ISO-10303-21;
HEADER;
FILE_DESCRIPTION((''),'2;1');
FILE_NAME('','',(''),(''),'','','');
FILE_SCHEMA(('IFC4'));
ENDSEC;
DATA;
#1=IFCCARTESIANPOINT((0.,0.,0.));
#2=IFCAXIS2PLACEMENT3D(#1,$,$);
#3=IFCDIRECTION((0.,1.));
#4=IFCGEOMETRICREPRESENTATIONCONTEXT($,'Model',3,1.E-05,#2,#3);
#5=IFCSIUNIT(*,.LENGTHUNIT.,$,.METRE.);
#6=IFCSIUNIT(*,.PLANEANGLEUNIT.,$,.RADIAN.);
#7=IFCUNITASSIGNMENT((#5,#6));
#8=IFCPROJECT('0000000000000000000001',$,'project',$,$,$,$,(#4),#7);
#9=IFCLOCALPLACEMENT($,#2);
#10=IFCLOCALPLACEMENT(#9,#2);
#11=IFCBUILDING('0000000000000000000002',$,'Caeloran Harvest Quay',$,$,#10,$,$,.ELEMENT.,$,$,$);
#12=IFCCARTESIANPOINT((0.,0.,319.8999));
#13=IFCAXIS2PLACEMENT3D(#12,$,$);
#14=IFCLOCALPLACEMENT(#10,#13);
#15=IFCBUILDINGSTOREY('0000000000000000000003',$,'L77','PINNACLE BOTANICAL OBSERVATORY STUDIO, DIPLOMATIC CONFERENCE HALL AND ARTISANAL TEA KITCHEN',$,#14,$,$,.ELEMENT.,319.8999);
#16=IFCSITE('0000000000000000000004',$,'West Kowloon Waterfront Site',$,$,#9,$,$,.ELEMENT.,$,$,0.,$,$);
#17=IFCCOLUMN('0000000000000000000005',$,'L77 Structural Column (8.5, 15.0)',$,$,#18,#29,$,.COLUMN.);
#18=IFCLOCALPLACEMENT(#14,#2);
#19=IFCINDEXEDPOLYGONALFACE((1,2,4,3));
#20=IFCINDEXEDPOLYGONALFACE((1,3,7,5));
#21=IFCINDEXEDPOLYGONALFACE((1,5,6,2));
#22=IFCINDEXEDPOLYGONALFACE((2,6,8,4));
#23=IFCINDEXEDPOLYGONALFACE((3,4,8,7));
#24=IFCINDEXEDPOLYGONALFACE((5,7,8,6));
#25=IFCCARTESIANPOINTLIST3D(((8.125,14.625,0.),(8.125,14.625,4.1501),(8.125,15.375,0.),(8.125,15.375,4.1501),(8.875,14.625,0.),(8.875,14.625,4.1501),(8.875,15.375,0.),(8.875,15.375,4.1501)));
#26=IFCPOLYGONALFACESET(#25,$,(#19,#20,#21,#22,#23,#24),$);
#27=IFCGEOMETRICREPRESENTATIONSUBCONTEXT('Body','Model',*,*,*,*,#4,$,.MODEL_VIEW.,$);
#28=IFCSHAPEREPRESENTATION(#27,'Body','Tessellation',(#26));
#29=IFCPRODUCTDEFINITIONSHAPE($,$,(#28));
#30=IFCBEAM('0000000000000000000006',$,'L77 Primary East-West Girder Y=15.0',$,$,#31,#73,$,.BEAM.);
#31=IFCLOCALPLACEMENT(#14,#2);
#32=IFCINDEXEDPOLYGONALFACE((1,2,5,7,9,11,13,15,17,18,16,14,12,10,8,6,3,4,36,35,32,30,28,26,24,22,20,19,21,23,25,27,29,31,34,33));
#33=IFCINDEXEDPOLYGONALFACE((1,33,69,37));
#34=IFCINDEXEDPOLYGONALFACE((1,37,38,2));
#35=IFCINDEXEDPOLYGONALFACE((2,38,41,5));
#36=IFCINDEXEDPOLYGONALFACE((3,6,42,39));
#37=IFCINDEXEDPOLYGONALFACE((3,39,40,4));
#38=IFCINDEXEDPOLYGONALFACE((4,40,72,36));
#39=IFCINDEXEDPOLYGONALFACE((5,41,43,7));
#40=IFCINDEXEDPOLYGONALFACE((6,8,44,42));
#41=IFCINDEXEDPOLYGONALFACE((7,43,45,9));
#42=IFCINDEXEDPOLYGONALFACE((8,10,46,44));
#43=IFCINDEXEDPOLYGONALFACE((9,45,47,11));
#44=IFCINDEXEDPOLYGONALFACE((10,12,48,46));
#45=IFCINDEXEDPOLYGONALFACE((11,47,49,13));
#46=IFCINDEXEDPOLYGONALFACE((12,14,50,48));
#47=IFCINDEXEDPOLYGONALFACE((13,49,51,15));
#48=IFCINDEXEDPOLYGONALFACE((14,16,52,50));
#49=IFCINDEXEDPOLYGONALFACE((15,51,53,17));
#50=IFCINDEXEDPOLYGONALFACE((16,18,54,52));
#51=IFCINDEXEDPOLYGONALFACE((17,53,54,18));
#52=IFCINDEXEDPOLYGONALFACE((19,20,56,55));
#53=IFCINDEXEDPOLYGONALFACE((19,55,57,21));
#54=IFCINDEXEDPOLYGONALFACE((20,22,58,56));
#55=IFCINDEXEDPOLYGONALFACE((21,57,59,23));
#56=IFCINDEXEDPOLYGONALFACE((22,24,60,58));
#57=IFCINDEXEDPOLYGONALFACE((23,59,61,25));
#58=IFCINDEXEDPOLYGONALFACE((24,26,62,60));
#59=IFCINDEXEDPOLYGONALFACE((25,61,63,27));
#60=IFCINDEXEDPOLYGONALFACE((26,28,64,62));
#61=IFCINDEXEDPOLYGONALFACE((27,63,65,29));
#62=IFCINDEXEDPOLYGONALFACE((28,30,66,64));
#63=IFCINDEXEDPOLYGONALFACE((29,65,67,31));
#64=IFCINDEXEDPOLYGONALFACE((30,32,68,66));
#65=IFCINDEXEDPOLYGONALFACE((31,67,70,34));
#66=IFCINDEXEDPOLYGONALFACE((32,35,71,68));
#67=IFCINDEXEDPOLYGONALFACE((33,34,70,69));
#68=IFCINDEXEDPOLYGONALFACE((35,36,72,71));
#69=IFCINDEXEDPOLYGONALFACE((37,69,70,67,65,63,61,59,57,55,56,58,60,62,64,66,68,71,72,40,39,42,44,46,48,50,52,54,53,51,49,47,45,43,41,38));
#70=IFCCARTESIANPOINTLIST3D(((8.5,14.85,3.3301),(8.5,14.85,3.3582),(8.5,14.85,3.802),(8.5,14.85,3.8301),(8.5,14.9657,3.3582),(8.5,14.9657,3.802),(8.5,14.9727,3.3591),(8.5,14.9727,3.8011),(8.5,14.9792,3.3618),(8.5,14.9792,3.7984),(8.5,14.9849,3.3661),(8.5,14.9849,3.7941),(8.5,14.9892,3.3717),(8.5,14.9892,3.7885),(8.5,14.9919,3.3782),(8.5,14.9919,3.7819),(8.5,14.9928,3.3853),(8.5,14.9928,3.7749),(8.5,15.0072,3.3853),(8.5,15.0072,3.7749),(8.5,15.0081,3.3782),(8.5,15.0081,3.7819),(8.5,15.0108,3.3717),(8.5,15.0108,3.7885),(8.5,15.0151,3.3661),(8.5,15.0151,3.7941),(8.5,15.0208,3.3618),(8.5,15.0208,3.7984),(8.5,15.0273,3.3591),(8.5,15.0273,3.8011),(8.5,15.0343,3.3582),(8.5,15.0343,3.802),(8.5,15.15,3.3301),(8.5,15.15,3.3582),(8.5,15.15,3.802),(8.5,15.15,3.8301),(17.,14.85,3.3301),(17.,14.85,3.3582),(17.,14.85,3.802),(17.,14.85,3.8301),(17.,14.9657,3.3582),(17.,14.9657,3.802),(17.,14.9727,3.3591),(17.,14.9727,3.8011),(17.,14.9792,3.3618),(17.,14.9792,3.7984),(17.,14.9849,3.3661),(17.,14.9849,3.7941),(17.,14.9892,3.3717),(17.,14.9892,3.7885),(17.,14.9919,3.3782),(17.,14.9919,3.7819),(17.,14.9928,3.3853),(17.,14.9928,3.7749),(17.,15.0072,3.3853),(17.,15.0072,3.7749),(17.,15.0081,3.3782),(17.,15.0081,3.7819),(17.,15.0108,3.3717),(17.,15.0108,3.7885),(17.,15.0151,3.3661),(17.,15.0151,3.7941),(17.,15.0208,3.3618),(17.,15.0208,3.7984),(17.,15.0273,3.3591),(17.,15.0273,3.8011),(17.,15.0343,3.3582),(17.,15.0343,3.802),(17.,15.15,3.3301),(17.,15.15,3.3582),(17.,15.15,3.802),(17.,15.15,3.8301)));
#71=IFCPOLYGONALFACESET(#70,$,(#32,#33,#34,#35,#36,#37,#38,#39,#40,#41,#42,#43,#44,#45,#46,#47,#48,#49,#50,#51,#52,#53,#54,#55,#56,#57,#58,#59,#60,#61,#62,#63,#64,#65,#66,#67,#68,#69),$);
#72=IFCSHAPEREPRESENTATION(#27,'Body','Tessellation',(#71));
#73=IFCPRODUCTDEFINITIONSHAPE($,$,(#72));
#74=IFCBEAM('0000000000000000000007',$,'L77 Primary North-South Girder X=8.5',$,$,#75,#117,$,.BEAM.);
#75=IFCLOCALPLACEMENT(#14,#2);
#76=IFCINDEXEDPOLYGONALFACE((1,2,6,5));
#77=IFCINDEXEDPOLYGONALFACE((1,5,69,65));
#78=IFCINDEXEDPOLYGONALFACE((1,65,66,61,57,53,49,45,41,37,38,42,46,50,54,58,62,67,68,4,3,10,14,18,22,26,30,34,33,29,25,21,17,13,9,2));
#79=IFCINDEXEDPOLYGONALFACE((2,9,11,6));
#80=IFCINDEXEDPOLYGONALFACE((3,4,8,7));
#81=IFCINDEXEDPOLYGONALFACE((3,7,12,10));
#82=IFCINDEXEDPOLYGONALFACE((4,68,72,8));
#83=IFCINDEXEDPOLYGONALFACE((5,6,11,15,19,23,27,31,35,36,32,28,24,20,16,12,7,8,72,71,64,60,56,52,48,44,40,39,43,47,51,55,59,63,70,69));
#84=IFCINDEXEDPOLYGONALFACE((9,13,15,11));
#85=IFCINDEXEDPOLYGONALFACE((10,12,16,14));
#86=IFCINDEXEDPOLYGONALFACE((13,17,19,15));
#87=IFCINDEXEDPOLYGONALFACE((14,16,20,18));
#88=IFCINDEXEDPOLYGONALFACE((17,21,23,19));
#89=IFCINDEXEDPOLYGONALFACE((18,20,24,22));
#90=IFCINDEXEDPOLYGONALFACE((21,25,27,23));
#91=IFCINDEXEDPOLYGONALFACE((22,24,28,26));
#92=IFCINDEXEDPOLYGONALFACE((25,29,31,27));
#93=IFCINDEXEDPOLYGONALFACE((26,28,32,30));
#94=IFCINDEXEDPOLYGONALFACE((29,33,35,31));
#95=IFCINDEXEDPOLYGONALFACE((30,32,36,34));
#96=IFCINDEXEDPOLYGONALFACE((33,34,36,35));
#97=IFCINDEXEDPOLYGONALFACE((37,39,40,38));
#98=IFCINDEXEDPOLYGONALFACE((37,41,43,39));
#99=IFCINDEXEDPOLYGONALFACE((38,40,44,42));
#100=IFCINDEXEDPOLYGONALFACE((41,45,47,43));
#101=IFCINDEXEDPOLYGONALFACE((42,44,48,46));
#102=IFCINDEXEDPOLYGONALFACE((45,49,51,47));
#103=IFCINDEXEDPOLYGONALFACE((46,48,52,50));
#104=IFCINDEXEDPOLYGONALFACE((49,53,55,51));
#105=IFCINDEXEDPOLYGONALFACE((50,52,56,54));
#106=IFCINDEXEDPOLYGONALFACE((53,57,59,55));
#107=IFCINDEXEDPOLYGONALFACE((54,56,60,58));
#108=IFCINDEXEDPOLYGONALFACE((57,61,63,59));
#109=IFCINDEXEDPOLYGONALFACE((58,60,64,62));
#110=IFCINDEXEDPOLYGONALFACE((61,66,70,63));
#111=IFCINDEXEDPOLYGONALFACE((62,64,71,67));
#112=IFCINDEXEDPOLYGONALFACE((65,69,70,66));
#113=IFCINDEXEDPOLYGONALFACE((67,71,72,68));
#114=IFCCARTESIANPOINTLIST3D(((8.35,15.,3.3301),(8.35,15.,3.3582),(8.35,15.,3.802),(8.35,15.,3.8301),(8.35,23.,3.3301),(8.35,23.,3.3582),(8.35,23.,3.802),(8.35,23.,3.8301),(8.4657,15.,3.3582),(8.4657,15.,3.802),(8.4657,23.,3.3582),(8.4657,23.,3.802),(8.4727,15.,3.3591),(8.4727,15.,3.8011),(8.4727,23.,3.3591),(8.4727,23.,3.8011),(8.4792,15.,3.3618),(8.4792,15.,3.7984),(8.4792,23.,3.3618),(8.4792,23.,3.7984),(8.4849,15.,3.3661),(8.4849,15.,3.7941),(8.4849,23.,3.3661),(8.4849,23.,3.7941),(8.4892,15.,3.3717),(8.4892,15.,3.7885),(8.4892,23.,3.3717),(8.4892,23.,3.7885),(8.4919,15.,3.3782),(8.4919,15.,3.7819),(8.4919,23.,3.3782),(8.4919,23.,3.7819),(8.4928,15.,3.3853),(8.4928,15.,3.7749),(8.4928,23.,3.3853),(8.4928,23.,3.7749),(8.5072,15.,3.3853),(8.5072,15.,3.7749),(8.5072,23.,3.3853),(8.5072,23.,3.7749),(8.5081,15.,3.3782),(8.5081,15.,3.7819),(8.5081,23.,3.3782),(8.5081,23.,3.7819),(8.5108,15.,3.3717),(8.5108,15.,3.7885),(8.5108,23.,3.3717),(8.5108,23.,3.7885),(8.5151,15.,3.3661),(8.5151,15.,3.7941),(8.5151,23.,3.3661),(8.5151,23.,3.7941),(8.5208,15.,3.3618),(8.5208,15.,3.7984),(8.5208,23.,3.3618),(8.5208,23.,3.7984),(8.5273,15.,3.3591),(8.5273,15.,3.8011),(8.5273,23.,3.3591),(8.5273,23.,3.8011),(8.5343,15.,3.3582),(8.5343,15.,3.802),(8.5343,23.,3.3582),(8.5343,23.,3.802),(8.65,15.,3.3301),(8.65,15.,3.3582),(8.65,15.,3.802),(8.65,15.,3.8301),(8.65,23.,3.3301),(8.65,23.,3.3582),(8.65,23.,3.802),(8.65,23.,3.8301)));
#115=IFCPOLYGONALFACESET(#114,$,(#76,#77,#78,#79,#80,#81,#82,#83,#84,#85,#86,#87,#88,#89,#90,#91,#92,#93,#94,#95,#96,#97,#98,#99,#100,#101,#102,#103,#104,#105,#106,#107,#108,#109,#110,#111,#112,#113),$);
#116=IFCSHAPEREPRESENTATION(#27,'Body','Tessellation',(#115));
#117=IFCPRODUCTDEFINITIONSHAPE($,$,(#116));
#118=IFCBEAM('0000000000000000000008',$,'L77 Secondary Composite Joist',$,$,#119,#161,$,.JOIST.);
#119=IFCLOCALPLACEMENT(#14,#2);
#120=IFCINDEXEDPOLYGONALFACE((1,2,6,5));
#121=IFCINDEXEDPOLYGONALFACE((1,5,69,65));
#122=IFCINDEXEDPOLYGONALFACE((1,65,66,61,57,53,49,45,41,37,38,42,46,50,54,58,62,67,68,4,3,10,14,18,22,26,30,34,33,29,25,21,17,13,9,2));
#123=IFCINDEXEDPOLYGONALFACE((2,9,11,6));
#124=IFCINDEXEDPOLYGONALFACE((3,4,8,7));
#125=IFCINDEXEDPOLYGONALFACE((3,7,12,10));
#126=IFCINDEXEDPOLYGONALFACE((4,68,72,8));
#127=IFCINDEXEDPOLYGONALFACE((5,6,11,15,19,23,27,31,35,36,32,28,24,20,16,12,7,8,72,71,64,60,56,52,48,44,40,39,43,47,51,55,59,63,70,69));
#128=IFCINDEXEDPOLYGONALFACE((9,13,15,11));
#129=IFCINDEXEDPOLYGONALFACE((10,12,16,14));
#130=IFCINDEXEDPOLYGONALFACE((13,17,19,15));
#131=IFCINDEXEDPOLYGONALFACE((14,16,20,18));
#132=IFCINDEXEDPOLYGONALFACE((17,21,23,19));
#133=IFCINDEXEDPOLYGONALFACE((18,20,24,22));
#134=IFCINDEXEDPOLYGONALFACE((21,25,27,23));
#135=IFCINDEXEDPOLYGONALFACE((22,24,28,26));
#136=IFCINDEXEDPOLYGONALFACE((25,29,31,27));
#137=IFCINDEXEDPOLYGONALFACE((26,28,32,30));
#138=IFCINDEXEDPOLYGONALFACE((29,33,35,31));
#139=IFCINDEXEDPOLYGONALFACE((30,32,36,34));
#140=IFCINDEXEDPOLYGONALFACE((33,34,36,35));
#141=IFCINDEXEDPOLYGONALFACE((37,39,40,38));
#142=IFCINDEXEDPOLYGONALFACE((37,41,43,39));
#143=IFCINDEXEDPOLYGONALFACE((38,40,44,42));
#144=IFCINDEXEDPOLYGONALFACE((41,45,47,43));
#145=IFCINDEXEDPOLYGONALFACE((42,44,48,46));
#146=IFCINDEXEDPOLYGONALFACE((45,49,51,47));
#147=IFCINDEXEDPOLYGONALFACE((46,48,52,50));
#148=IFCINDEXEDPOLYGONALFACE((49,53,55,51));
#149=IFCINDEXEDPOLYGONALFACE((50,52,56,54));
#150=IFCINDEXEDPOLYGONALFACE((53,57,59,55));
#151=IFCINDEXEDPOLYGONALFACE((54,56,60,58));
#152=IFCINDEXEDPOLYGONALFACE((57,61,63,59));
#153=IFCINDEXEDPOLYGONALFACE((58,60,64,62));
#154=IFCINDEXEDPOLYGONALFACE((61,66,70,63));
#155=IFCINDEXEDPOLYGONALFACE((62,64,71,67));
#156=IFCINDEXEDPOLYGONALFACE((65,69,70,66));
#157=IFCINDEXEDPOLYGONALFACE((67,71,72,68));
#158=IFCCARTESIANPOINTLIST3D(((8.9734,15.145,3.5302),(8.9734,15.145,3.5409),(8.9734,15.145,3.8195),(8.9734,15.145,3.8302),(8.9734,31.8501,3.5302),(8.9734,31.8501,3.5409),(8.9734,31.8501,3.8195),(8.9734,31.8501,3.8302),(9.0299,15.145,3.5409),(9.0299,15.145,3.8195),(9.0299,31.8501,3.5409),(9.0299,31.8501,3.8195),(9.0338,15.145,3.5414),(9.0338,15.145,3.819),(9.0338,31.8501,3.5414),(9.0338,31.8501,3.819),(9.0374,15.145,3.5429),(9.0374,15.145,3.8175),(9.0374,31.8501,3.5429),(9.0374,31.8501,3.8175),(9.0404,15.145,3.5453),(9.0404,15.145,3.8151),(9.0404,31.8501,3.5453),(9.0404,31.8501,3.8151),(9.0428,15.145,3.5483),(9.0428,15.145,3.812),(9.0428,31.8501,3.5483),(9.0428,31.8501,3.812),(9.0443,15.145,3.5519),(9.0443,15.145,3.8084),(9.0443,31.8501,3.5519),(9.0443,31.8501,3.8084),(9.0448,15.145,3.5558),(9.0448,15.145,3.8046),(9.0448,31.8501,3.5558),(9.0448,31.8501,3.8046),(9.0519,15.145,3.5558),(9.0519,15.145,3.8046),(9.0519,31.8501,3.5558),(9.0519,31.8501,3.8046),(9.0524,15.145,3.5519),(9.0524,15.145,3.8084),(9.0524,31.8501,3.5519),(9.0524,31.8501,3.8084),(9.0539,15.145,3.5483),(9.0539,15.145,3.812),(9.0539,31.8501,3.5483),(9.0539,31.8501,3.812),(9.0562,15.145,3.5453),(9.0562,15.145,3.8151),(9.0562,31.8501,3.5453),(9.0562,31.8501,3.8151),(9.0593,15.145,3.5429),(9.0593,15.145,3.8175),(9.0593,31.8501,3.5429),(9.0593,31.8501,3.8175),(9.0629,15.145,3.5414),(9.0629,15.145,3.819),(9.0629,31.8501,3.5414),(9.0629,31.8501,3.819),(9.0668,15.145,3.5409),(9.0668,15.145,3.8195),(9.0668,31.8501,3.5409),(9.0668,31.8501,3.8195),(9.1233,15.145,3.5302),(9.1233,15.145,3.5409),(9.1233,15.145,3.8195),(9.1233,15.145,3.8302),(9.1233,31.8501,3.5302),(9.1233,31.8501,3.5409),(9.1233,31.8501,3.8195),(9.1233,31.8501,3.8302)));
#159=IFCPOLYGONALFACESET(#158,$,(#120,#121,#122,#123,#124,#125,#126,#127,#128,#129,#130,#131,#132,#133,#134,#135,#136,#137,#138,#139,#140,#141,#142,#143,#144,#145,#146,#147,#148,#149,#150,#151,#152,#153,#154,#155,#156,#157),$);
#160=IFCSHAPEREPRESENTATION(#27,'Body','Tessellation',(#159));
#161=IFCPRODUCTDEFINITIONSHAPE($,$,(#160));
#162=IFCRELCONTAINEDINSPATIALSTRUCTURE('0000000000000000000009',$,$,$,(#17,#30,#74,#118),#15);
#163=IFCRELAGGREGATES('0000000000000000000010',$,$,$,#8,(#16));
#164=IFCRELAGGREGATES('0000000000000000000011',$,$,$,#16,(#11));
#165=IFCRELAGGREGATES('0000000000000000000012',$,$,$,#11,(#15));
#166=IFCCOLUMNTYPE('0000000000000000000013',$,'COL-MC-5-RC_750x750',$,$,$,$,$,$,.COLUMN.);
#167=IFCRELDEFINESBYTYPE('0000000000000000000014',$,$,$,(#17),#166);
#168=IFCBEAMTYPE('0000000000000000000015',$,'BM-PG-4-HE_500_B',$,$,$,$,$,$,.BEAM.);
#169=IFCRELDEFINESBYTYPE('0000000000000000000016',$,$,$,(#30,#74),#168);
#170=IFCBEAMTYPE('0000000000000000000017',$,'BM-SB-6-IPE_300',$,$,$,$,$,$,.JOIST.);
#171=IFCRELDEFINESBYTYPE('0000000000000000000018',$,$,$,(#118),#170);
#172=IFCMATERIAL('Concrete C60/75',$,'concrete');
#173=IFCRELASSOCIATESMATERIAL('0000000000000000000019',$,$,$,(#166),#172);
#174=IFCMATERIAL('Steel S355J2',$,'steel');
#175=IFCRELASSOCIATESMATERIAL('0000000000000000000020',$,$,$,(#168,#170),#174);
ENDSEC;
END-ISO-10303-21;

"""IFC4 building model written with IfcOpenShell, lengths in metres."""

from ifc_helpers import new_model, si_unit, direction, frame, origin, origin_2d, place, context, subcontext, project, spatial, rectangle, i_section, extrude, material, material_profile, profile_set, type_object, element, save


model = new_model("IFC4")

# Units and contexts
model_context = context("Model", 3, precision=1e-05, world=origin(), true_north=direction((0.0, 1.0)))
body_context = subcontext(model_context, "Body", "Model", "MODEL_VIEW")
ifc_project = project(units=[si_unit("LENGTHUNIT", "METRE"), si_unit("PLANEANGLEUNIT", "RADIAN")], contexts=[model_context])

# Site, building, storey
site_placement = place(None, origin())
site = spatial("IfcSite", under=ifc_project, at=site_placement, Name="West Kowloon Waterfront Site", CompositionType="ELEMENT", RefElevation=0.0)
building_placement = place(site_placement, origin())
building = spatial("IfcBuilding", under=site, at=building_placement, Name="Caeloran Harvest Quay", CompositionType="ELEMENT")
storey_placement = place(building_placement, frame((0.0, 0.0, 319.8999)))
storey = spatial("IfcBuildingStorey", under=building, at=storey_placement, Name="L77", Description="PINNACLE BOTANICAL OBSERVATORY STUDIO, DIPLOMATIC CONFERENCE HALL AND ARTISANAL TEA KITCHEN", CompositionType="ELEMENT", Elevation=319.8999)

# Column
ifc_material_1 = material(Name="Concrete C60/75", Category="concrete")
ifc_material_profile_1 = material_profile(ifc_material_1, rectangle(XDim=0.75, YDim=0.75, at=origin_2d()), Name="RC 750x750")
ifc_profile_set_1 = profile_set([ifc_material_profile_1], Name="Concrete C60/75")
column_type = type_object("IfcColumnType", Name="COL-MC-5-RC_750x750", PredefinedType="COLUMN", material=ifc_profile_set_1)
column_placement = place(storey_placement, frame((8.5, 15.0, 0.0), z_axis=(0.0, 0.0, 1.0), x_axis=(1.0, 0.0, 0.0)))
element("IfcColumn", 1, at=column_placement, inside=storey, type_object=column_type, Name="L77 Structural Column (8.5, 15.0)", PredefinedType="COLUMN", context=body_context, shape_type="SweptSolid", body=[
    extrude(rectangle(XDim=0.75, YDim=0.75, at=origin_2d()), origin(), (0.0, 0.0, 1.0), 4.1501),
])

# Beams
ifc_material_2 = material(Name="Steel S355J2", Category="steel")
ifc_material_profile_2 = material_profile(ifc_material_2, i_section(OverallWidth=0.3, OverallDepth=0.5, WebThickness=0.0144, FlangeThickness=0.0281, FilletRadius=0.0271, at=origin_2d()), Name="HE 500 B")
ifc_profile_set_2 = profile_set([ifc_material_profile_2], Name="Steel S355J2")
beam_type_1 = type_object("IfcBeamType", Name="BM-PG-4-HE_500_B", PredefinedType="BEAM", material=ifc_profile_set_2)
beam_1_placement = place(storey_placement, frame((8.5, 15.0, 3.5801), z_axis=(1.0, 0.0, 0.0), x_axis=(0.0, 1.0, 0.0)))
element("IfcBeam", 2, at=beam_1_placement, inside=storey, type_object=beam_type_1, Name="L77 Primary East-West Girder Y=15.0", PredefinedType="BEAM", context=body_context, shape_type="SweptSolid", body=[
    extrude(i_section(OverallWidth=0.3, OverallDepth=0.5, WebThickness=0.0144, FlangeThickness=0.0281, FilletRadius=0.0271, at=origin_2d()), origin(), (0.0, 0.0, 1.0), 8.5),
])
beam_2_placement = place(storey_placement, frame((8.5, 15.0, 3.5801), z_axis=(0.0, 1.0, 0.0), x_axis=(-1.0, 0.0, 0.0)))
element("IfcBeam", 3, at=beam_2_placement, inside=storey, type_object=beam_type_1, Name="L77 Primary North-South Girder X=8.5", PredefinedType="BEAM", context=body_context, shape_type="SweptSolid", body=[
    extrude(i_section(OverallWidth=0.3, OverallDepth=0.5, WebThickness=0.0144, FlangeThickness=0.0281, FilletRadius=0.0271, at=origin_2d()), origin(), (0.0, 0.0, 1.0), 8.0),
])
ifc_material_profile_3 = material_profile(ifc_material_2, i_section(OverallWidth=0.1499, OverallDepth=0.3, WebThickness=0.0071, FlangeThickness=0.0107, FilletRadius=0.0149, at=origin_2d()), Name="IPE 300")
ifc_profile_set_3 = profile_set([ifc_material_profile_3], Name="Steel S355J2")
beam_type_2 = type_object("IfcBeamType", Name="BM-SB-6-IPE_300", PredefinedType="JOIST", material=ifc_profile_set_3)
for number, where, z_axis, x_axis, name in (
    (4, (9.0483, 15.145, 3.6802), (0.0, 1.0, 0.0), (-1.0, 0.0, 0.0), "L77 Secondary Composite Joist"),
):
    element("IfcBeam", number, at=place(storey_placement, frame(where, z_axis=z_axis, x_axis=x_axis)), inside=storey, type_object=beam_type_2, Name=name, PredefinedType="JOIST", context=body_context, shape_type="SweptSolid", body=[
        extrude(i_section(OverallWidth=0.1499, OverallDepth=0.3, WebThickness=0.0071, FlangeThickness=0.0107, FilletRadius=0.0149, at=origin_2d()), origin(), (0.0, 0.0, 1.0), 16.7051),
    ])

save(model, "model.ifc")
